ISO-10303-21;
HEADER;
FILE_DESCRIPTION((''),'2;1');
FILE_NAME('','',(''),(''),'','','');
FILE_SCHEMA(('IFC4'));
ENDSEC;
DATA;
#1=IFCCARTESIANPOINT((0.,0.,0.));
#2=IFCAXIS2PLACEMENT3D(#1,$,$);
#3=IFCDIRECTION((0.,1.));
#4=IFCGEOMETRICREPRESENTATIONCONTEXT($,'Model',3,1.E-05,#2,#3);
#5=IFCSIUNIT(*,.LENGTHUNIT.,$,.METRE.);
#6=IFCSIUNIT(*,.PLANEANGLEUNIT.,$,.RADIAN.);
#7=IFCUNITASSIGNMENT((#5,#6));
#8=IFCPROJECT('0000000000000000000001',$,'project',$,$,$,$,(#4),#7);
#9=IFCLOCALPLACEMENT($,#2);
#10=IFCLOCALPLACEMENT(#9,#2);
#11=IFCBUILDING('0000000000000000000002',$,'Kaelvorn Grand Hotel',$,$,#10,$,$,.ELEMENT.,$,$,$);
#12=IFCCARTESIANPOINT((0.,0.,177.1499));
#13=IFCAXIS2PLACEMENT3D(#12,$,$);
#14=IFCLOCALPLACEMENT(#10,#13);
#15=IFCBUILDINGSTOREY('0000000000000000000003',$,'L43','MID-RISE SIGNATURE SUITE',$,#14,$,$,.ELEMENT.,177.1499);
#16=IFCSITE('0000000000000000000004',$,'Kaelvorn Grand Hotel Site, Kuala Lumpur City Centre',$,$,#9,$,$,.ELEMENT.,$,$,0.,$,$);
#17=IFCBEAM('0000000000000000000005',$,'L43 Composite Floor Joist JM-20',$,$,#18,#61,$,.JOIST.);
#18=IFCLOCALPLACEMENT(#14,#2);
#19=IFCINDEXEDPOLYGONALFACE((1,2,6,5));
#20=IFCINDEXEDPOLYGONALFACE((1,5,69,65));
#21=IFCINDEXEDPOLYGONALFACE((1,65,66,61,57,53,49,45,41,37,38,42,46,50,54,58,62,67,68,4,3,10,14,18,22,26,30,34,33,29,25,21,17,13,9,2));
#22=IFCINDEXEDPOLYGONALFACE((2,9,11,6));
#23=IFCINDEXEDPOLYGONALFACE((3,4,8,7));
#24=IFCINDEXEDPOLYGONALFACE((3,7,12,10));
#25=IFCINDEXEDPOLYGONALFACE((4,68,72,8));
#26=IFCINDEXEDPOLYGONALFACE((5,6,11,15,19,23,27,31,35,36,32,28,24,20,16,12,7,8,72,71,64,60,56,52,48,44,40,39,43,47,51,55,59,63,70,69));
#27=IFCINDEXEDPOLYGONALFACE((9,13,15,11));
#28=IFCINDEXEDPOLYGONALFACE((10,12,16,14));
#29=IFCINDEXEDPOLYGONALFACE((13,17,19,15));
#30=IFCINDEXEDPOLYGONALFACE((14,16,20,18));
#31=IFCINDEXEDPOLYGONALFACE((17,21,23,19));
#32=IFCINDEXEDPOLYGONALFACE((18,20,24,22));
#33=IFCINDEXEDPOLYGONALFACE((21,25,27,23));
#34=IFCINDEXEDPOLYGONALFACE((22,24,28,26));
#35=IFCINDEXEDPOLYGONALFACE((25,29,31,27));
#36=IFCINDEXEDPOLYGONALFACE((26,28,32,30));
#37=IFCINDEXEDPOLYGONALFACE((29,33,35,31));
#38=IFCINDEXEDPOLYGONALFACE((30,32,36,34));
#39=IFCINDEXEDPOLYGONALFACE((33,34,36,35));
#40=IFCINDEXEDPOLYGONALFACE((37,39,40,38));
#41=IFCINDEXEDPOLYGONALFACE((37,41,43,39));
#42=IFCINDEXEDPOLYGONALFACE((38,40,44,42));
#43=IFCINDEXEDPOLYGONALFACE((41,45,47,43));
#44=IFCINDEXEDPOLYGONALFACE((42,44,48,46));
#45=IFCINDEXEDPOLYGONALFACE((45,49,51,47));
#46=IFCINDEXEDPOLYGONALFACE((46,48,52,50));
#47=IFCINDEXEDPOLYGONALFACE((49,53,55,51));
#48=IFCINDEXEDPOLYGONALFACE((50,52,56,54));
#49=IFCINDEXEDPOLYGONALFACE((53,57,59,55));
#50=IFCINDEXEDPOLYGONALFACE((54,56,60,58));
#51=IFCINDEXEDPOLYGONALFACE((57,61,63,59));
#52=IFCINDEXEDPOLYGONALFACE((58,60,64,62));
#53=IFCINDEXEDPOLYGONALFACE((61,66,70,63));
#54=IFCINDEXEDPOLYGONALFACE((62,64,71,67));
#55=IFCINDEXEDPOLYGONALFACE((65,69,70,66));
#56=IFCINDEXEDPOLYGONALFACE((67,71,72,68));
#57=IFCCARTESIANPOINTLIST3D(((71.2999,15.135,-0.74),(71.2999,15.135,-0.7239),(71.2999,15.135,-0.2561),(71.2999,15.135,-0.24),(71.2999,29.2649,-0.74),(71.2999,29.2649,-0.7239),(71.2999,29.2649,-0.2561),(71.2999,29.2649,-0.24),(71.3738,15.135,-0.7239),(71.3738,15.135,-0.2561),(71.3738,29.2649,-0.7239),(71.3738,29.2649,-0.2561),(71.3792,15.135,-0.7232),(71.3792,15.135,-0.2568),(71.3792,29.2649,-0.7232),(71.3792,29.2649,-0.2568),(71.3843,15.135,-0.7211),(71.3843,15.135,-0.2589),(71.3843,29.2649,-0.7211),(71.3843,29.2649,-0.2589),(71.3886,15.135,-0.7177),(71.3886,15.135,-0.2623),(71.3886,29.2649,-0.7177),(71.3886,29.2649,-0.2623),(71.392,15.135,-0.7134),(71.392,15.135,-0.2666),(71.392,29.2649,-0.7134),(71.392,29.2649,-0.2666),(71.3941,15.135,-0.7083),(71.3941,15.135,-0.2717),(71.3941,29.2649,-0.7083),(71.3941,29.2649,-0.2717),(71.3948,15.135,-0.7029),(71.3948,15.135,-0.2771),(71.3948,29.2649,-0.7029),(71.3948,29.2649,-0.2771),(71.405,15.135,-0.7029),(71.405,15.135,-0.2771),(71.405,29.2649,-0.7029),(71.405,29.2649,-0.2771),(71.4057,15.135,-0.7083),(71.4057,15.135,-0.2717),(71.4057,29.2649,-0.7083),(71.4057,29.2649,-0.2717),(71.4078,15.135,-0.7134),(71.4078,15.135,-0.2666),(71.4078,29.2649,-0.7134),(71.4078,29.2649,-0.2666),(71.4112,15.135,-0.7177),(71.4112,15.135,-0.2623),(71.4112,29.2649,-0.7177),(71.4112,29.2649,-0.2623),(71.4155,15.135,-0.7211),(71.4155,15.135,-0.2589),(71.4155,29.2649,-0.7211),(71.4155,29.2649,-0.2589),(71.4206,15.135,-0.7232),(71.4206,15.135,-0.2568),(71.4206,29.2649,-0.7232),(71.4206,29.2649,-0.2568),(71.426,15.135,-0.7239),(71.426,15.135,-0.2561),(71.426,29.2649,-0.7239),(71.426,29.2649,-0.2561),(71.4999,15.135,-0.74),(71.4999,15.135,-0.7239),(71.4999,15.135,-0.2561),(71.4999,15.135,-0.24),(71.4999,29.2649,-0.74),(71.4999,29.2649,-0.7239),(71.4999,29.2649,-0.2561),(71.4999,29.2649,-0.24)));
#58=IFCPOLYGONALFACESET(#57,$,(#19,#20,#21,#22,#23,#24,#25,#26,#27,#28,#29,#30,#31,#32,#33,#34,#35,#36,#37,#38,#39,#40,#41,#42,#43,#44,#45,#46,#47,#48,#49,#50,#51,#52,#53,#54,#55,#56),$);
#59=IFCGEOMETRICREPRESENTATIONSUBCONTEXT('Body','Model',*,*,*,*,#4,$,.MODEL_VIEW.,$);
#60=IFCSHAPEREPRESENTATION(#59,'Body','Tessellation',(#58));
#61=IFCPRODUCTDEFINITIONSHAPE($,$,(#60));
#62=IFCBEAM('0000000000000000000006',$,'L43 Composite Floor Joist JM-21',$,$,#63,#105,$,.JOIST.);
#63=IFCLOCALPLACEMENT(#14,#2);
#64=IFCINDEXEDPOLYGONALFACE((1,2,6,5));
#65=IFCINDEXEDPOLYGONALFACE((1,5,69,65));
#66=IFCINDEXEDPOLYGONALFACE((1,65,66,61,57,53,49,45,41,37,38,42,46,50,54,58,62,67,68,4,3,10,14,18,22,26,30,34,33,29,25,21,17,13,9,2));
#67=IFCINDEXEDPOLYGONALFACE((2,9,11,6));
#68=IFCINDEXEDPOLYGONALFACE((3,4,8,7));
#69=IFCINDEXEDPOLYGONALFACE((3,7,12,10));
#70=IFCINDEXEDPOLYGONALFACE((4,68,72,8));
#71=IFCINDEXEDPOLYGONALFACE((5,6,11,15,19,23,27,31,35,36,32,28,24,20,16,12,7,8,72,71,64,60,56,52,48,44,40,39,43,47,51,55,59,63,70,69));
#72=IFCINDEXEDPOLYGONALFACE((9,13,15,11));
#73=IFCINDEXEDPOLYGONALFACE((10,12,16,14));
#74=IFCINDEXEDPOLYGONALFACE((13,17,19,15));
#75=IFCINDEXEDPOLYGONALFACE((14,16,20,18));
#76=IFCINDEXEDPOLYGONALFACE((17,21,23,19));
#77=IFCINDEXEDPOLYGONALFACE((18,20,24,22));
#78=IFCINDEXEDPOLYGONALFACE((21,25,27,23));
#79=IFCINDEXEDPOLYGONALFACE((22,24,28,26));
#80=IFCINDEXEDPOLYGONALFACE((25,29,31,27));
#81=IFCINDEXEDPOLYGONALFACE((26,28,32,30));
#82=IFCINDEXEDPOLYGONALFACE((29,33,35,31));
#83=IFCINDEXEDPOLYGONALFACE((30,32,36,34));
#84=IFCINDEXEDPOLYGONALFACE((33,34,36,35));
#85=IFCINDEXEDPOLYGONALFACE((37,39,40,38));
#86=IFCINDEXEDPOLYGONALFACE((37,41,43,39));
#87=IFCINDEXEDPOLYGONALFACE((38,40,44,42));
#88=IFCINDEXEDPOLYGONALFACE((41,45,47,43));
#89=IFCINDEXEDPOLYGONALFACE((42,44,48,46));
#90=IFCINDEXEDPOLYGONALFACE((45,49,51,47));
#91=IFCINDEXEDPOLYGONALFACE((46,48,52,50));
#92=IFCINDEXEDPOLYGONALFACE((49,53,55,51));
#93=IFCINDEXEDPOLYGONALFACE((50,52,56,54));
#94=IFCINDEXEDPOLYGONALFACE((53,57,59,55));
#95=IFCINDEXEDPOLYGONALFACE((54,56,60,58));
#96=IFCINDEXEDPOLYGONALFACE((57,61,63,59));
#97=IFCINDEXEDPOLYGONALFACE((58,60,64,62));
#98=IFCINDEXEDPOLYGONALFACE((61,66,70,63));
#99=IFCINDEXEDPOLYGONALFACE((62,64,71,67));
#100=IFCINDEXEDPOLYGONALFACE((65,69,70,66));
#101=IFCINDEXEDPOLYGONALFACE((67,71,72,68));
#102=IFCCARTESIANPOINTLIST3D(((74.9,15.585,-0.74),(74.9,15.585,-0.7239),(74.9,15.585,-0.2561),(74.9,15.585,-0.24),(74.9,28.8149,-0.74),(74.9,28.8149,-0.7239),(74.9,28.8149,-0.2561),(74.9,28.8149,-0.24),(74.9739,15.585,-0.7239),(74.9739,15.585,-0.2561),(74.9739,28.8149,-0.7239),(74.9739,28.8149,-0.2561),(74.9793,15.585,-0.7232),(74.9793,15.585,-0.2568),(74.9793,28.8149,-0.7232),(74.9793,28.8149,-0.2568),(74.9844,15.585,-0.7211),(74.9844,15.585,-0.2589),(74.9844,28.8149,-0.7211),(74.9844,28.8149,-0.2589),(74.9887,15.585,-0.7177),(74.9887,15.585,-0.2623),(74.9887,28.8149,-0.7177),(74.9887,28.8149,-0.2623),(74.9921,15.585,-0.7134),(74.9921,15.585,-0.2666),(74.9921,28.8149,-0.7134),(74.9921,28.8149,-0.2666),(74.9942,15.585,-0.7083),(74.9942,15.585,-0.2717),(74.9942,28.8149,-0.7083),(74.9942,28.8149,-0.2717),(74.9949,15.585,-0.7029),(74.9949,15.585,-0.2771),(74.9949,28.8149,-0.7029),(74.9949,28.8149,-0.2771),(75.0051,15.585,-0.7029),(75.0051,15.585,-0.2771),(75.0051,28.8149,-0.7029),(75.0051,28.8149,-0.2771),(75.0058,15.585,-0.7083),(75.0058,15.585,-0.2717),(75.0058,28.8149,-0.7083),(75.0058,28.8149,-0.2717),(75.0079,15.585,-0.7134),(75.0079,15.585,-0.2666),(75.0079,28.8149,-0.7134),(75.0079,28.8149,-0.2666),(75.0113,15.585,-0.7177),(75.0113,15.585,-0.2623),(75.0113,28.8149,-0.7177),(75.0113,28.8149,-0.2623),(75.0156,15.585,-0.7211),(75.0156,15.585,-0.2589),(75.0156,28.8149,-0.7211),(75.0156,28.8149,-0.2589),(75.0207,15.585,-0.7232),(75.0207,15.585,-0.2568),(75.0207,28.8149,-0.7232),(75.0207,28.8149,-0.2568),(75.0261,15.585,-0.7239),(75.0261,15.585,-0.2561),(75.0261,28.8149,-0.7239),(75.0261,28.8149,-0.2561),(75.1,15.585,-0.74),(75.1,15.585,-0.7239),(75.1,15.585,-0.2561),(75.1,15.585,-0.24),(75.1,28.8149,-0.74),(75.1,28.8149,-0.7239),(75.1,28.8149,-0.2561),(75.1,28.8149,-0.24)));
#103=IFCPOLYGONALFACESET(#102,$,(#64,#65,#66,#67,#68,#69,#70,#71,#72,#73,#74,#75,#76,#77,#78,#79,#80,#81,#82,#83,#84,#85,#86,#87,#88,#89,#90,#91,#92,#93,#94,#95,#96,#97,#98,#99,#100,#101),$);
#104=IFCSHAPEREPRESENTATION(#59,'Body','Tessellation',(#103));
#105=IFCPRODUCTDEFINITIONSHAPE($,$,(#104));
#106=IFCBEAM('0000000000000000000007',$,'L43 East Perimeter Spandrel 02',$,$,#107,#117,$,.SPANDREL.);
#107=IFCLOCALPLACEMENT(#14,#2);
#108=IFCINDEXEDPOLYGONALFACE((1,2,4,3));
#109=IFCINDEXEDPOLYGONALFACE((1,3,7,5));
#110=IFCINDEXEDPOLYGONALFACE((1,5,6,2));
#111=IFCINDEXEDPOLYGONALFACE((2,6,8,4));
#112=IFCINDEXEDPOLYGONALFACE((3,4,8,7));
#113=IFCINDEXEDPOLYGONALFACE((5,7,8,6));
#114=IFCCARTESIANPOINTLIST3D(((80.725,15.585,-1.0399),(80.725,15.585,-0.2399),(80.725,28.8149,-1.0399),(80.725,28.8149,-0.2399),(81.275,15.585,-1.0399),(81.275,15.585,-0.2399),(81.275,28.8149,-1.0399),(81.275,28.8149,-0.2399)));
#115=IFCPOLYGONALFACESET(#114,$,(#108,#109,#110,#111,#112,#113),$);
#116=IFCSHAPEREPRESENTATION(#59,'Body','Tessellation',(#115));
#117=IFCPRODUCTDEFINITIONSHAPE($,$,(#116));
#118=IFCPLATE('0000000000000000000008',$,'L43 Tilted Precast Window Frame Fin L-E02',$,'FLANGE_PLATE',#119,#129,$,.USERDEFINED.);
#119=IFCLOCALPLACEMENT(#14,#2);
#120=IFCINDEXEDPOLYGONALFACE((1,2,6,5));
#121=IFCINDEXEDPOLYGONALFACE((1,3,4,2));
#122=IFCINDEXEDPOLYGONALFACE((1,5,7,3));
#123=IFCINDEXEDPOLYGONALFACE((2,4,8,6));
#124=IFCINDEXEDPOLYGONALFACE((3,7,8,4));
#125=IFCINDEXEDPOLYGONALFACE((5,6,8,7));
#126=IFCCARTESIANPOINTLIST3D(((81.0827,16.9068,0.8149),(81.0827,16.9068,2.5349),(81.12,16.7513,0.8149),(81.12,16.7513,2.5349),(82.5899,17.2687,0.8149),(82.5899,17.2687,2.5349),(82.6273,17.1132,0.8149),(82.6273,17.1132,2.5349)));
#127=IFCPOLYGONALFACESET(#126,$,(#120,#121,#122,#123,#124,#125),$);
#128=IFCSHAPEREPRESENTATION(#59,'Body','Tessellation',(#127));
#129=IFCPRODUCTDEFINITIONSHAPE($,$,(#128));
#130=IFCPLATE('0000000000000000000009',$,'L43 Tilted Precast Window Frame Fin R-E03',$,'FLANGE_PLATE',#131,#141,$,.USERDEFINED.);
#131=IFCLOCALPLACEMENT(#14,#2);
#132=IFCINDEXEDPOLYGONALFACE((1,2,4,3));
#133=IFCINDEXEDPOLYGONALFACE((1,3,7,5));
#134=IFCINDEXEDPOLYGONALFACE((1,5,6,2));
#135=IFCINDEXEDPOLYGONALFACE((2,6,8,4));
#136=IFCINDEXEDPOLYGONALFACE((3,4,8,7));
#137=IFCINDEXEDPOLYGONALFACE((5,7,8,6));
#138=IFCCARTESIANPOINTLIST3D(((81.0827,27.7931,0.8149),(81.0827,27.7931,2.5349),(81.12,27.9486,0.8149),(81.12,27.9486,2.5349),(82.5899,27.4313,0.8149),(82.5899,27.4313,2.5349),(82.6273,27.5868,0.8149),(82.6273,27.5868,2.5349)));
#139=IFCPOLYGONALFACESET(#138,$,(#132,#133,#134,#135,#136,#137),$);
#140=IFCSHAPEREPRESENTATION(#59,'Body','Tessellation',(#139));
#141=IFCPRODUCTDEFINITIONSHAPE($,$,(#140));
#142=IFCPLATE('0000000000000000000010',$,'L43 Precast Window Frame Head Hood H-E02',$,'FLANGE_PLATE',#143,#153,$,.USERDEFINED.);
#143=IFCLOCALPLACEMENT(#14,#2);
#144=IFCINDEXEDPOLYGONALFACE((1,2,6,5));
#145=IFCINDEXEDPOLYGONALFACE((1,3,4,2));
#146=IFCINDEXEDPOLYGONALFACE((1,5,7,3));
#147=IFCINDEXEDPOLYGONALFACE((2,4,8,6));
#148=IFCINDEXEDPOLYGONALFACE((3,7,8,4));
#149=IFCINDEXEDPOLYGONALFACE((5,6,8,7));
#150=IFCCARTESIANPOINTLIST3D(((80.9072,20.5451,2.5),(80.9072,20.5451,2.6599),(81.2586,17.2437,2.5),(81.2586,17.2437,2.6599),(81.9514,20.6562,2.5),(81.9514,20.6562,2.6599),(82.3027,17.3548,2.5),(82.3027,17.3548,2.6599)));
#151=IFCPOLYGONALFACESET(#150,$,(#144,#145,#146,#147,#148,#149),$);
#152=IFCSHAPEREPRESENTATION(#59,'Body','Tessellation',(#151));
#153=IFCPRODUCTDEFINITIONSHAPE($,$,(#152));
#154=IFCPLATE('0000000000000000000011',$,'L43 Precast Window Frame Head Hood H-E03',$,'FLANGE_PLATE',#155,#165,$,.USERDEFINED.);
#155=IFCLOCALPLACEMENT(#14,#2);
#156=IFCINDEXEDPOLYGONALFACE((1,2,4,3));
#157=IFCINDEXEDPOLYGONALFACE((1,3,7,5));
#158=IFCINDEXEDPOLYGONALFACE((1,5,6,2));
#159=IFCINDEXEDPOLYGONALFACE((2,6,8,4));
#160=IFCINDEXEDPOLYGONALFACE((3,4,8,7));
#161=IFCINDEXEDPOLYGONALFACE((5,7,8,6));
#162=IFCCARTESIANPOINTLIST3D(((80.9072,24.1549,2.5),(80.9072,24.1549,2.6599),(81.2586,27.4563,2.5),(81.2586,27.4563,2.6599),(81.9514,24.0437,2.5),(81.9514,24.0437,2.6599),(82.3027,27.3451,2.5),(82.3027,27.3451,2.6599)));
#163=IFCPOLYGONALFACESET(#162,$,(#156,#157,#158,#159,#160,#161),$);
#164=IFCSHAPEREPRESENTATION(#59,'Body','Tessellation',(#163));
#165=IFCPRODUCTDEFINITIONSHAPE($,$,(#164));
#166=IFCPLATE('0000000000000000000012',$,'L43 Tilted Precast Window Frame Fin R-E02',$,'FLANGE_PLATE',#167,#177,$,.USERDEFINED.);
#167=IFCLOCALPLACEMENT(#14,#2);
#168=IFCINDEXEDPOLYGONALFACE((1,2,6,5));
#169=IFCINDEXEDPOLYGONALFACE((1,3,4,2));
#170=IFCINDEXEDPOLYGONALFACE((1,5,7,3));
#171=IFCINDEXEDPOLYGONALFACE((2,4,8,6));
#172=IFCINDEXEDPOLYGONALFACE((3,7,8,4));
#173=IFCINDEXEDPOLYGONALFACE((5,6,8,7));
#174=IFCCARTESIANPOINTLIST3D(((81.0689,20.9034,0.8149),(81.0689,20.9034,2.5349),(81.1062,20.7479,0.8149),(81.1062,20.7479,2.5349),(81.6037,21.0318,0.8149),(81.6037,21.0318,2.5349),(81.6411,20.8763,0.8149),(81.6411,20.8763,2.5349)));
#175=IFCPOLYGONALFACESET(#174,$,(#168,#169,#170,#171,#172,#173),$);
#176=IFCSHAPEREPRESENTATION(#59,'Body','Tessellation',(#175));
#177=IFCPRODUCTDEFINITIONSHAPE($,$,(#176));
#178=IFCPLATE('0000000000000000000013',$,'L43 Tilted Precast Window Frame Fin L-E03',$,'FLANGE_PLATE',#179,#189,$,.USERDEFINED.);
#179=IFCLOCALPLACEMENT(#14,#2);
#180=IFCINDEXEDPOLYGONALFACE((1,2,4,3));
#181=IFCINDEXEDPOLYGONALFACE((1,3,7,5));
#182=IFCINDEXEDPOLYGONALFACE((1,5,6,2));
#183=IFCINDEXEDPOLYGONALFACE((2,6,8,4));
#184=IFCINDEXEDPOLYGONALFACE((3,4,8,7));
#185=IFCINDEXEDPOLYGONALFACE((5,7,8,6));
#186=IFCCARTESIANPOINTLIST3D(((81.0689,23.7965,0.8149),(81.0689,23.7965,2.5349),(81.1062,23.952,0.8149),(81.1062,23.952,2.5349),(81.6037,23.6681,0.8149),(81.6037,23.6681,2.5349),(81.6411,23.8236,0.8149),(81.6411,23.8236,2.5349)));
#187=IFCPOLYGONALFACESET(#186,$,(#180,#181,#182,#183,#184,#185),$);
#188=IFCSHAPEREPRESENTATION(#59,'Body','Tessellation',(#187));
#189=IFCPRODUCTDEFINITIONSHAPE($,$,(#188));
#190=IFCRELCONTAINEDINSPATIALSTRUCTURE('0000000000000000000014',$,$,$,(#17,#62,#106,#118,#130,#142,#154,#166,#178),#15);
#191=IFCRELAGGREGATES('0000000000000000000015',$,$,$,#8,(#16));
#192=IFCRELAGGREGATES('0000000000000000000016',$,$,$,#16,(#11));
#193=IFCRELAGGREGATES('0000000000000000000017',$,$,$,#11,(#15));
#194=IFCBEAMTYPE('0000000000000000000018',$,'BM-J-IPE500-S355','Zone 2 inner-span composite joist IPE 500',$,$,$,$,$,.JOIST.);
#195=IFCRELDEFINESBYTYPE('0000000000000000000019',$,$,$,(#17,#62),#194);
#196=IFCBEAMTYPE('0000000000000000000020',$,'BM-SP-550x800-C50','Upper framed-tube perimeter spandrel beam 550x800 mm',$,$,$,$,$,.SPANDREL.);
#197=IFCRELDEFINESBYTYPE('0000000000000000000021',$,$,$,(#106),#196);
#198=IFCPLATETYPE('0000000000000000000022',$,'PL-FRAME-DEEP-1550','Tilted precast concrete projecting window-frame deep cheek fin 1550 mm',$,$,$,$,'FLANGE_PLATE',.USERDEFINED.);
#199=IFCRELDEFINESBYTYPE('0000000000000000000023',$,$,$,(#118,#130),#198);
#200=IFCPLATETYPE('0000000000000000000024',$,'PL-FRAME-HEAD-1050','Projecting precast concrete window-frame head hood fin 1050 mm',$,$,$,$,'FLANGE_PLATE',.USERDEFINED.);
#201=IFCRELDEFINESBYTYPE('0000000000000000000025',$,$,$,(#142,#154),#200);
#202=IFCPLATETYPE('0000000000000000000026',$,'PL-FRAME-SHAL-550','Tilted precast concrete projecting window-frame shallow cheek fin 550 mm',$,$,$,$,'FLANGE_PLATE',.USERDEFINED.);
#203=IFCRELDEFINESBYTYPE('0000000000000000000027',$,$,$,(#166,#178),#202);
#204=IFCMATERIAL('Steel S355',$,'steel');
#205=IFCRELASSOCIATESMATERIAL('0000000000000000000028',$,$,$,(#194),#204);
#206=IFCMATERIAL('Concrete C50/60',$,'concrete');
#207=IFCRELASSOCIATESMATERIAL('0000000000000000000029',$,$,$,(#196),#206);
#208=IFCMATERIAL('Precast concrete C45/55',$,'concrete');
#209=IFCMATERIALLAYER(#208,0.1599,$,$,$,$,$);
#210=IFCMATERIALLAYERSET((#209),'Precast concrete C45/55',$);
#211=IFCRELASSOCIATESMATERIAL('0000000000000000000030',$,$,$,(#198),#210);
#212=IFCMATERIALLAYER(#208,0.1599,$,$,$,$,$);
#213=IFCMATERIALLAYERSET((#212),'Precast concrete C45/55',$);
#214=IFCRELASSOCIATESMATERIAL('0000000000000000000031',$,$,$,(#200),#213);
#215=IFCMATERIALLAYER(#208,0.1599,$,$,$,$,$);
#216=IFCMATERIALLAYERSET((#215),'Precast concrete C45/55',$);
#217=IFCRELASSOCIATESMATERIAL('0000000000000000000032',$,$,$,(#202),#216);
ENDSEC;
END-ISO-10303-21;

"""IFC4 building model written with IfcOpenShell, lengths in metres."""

from ifc_helpers import new_model, si_unit, direction, frame, origin, origin_2d, place, context, subcontext, project, spatial, rectangle, i_section, extrude, material, layer, layer_set, material_profile, profile_set, type_object, element, save


model = new_model("IFC4")

# Units and contexts
model_context = context("Model", 3, precision=1e-05, world=origin(), true_north=direction((0.0, 1.0)))
body_context = subcontext(model_context, "Body", "Model", "MODEL_VIEW")
ifc_project = project(units=[si_unit("LENGTHUNIT", "METRE"), si_unit("PLANEANGLEUNIT", "RADIAN")], contexts=[model_context])

# Site, building, storey
site_placement = place(None, origin())
site = spatial("IfcSite", under=ifc_project, at=site_placement, Name="Kaelvorn Grand Hotel Site, Kuala Lumpur City Centre", CompositionType="ELEMENT", RefElevation=0.0)
building_placement = place(site_placement, origin())
building = spatial("IfcBuilding", under=site, at=building_placement, Name="Kaelvorn Grand Hotel", CompositionType="ELEMENT")
storey_placement = place(building_placement, frame((0.0, 0.0, 177.1499)))
storey = spatial("IfcBuildingStorey", under=building, at=storey_placement, Name="L43", Description="MID-RISE SIGNATURE SUITE", CompositionType="ELEMENT", Elevation=177.1499)

# Beams
ifc_material_1 = material(Name="Steel S355", Category="steel")
ifc_material_profile_1 = material_profile(ifc_material_1, i_section(OverallWidth=0.2, OverallDepth=0.5, WebThickness=0.0103, FlangeThickness=0.0161, FilletRadius=0.021, at=origin_2d()), Name="IPE 500")
ifc_profile_set_1 = profile_set([ifc_material_profile_1], Name="Steel S355")
beam_type_1 = type_object("IfcBeamType", Name="BM-J-IPE500-S355", Description="Zone 2 inner-span composite joist IPE 500", PredefinedType="JOIST", material=ifc_profile_set_1)
beam_1_placement = place(storey_placement, frame((71.3999, 15.135, -0.49), z_axis=(0.0, 1.0, 0.0), x_axis=(-1.0, 0.0, 0.0)))
element("IfcBeam", 1, at=beam_1_placement, inside=storey, type_object=beam_type_1, Name="L43 Composite Floor Joist JM-20", PredefinedType="JOIST", context=body_context, shape_type="SweptSolid", body=[
    extrude(i_section(OverallWidth=0.2, OverallDepth=0.5, WebThickness=0.0103, FlangeThickness=0.0161, FilletRadius=0.021, at=origin_2d()), origin(), (0.0, 0.0, 1.0), 14.1299),
])
beam_2_placement = place(storey_placement, frame((75.0, 15.585, -0.49), z_axis=(0.0, 1.0, 0.0), x_axis=(-1.0, 0.0, 0.0)))
element("IfcBeam", 2, at=beam_2_placement, inside=storey, type_object=beam_type_1, Name="L43 Composite Floor Joist JM-21", PredefinedType="JOIST", context=body_context, shape_type="SweptSolid", body=[
    extrude(i_section(OverallWidth=0.2, OverallDepth=0.5, WebThickness=0.0103, FlangeThickness=0.0161, FilletRadius=0.021, at=origin_2d()), origin(), (0.0, 0.0, 1.0), 13.23),
])
ifc_material_2 = material(Name="Concrete C50/60", Category="concrete")
ifc_material_profile_2 = material_profile(ifc_material_2, rectangle(XDim=0.55, YDim=0.8, at=origin_2d()), Name="RC SPANDREL 550x800")
ifc_profile_set_2 = profile_set([ifc_material_profile_2], Name="Concrete C50/60")
beam_type_2 = type_object("IfcBeamType", Name="BM-SP-550x800-C50", Description="Upper framed-tube perimeter spandrel beam 550x800 mm", PredefinedType="SPANDREL", material=ifc_profile_set_2)
beam_3_placement = place(storey_placement, frame((81.0, 15.585, -0.6399), z_axis=(0.0, 1.0, 0.0), x_axis=(-1.0, 0.0, 0.0)))
element("IfcBeam", 3, at=beam_3_placement, inside=storey, type_object=beam_type_2, Name="L43 East Perimeter Spandrel 02", PredefinedType="SPANDREL", context=body_context, shape_type="SweptSolid", body=[
    extrude(rectangle(XDim=0.55, YDim=0.8, at=origin_2d()), origin(), (0.0, 0.0, 1.0), 13.23),
])

# Plates
ifc_material_3 = material(Name="Precast concrete C45/55", Category="concrete")
ifc_layer_1 = layer(ifc_material_3, 0.1599)
ifc_layer_set_1 = layer_set([ifc_layer_1], Name="Precast concrete C45/55")
plate_type_1 = type_object("IfcPlateType", Name="PL-FRAME-DEEP-1550", Description="Tilted precast concrete projecting window-frame deep cheek fin 1550 mm", ElementType="FLANGE_PLATE", PredefinedType="USERDEFINED", material=ifc_layer_set_1)
for number, where, z_axis, x_axis, name in (
    (4, (81.855, 17.01, 0.8149), (0.0, 0.0, 1.0), (-0.233445, 0.97237, 0.0), "L43 Tilted Precast Window Frame Fin L-E02"),
    (5, (81.855, 27.6899, 0.8149), (0.0, 0.0, 1.0), (0.233445, 0.97237, 0.0), "L43 Tilted Precast Window Frame Fin R-E03"),
):
    element("IfcPlate", number, at=place(storey_placement, frame(where, z_axis=z_axis, x_axis=x_axis)), inside=storey, type_object=plate_type_1, Name=name, ObjectType="FLANGE_PLATE", PredefinedType="USERDEFINED", context=body_context, shape_type="SweptSolid", body=[
        extrude(rectangle(XDim=0.1599, YDim=1.55, at=origin_2d()), origin(), (0.0, 0.0, 1.0), 1.72),
    ])
ifc_layer_2 = layer(ifc_material_3, 0.1599)
ifc_layer_set_2 = layer_set([ifc_layer_2], Name="Precast concrete C45/55")
plate_type_2 = type_object("IfcPlateType", Name="PL-FRAME-HEAD-1050", Description="Projecting precast concrete window-frame head hood fin 1050 mm", ElementType="FLANGE_PLATE", PredefinedType="USERDEFINED", material=ifc_layer_set_2)
for number, where, z_axis, x_axis, name in (
    (6, (81.605, 18.95, 2.5), (0.0, 0.0, 1.0), (-0.10583, 0.994384, 0.0), "L43 Precast Window Frame Head Hood H-E02"),
    (7, (81.605, 25.75, 2.5), (0.0, 0.0, 1.0), (0.10583, 0.994384, 0.0), "L43 Precast Window Frame Head Hood H-E03"),
):
    element("IfcPlate", number, at=place(storey_placement, frame(where, z_axis=z_axis, x_axis=x_axis)), inside=storey, type_object=plate_type_2, Name=name, ObjectType="FLANGE_PLATE", PredefinedType="USERDEFINED", context=body_context, shape_type="SweptSolid", body=[
        extrude(rectangle(XDim=3.3201, YDim=1.05, at=origin_2d()), origin(), (0.0, 0.0, 1.0), 0.1599),
    ])
ifc_layer_3 = layer(ifc_material_3, 0.1599)
ifc_layer_set_3 = layer_set([ifc_layer_3], Name="Precast concrete C45/55")
plate_type_3 = type_object("IfcPlateType", Name="PL-FRAME-SHAL-550", Description="Tilted precast concrete projecting window-frame shallow cheek fin 550 mm", ElementType="FLANGE_PLATE", PredefinedType="USERDEFINED", material=ifc_layer_set_3)
for number, where, z_axis, x_axis, name in (
    (8, (81.355, 20.8899, 0.8149), (0.0, 0.0, 1.0), (-0.233445, 0.97237, 0.0), "L43 Tilted Precast Window Frame Fin R-E02"),
    (9, (81.355, 23.8101, 0.8149), (0.0, 0.0, 1.0), (0.233445, 0.97237, 0.0), "L43 Tilted Precast Window Frame Fin L-E03"),
):
    element("IfcPlate", number, at=place(storey_placement, frame(where, z_axis=z_axis, x_axis=x_axis)), inside=storey, type_object=plate_type_3, Name=name, ObjectType="FLANGE_PLATE", PredefinedType="USERDEFINED", context=body_context, shape_type="SweptSolid", body=[
        extrude(rectangle(XDim=0.1599, YDim=0.55, at=origin_2d()), origin(), (0.0, 0.0, 1.0), 1.72),
    ])

save(model, "model.ifc")
